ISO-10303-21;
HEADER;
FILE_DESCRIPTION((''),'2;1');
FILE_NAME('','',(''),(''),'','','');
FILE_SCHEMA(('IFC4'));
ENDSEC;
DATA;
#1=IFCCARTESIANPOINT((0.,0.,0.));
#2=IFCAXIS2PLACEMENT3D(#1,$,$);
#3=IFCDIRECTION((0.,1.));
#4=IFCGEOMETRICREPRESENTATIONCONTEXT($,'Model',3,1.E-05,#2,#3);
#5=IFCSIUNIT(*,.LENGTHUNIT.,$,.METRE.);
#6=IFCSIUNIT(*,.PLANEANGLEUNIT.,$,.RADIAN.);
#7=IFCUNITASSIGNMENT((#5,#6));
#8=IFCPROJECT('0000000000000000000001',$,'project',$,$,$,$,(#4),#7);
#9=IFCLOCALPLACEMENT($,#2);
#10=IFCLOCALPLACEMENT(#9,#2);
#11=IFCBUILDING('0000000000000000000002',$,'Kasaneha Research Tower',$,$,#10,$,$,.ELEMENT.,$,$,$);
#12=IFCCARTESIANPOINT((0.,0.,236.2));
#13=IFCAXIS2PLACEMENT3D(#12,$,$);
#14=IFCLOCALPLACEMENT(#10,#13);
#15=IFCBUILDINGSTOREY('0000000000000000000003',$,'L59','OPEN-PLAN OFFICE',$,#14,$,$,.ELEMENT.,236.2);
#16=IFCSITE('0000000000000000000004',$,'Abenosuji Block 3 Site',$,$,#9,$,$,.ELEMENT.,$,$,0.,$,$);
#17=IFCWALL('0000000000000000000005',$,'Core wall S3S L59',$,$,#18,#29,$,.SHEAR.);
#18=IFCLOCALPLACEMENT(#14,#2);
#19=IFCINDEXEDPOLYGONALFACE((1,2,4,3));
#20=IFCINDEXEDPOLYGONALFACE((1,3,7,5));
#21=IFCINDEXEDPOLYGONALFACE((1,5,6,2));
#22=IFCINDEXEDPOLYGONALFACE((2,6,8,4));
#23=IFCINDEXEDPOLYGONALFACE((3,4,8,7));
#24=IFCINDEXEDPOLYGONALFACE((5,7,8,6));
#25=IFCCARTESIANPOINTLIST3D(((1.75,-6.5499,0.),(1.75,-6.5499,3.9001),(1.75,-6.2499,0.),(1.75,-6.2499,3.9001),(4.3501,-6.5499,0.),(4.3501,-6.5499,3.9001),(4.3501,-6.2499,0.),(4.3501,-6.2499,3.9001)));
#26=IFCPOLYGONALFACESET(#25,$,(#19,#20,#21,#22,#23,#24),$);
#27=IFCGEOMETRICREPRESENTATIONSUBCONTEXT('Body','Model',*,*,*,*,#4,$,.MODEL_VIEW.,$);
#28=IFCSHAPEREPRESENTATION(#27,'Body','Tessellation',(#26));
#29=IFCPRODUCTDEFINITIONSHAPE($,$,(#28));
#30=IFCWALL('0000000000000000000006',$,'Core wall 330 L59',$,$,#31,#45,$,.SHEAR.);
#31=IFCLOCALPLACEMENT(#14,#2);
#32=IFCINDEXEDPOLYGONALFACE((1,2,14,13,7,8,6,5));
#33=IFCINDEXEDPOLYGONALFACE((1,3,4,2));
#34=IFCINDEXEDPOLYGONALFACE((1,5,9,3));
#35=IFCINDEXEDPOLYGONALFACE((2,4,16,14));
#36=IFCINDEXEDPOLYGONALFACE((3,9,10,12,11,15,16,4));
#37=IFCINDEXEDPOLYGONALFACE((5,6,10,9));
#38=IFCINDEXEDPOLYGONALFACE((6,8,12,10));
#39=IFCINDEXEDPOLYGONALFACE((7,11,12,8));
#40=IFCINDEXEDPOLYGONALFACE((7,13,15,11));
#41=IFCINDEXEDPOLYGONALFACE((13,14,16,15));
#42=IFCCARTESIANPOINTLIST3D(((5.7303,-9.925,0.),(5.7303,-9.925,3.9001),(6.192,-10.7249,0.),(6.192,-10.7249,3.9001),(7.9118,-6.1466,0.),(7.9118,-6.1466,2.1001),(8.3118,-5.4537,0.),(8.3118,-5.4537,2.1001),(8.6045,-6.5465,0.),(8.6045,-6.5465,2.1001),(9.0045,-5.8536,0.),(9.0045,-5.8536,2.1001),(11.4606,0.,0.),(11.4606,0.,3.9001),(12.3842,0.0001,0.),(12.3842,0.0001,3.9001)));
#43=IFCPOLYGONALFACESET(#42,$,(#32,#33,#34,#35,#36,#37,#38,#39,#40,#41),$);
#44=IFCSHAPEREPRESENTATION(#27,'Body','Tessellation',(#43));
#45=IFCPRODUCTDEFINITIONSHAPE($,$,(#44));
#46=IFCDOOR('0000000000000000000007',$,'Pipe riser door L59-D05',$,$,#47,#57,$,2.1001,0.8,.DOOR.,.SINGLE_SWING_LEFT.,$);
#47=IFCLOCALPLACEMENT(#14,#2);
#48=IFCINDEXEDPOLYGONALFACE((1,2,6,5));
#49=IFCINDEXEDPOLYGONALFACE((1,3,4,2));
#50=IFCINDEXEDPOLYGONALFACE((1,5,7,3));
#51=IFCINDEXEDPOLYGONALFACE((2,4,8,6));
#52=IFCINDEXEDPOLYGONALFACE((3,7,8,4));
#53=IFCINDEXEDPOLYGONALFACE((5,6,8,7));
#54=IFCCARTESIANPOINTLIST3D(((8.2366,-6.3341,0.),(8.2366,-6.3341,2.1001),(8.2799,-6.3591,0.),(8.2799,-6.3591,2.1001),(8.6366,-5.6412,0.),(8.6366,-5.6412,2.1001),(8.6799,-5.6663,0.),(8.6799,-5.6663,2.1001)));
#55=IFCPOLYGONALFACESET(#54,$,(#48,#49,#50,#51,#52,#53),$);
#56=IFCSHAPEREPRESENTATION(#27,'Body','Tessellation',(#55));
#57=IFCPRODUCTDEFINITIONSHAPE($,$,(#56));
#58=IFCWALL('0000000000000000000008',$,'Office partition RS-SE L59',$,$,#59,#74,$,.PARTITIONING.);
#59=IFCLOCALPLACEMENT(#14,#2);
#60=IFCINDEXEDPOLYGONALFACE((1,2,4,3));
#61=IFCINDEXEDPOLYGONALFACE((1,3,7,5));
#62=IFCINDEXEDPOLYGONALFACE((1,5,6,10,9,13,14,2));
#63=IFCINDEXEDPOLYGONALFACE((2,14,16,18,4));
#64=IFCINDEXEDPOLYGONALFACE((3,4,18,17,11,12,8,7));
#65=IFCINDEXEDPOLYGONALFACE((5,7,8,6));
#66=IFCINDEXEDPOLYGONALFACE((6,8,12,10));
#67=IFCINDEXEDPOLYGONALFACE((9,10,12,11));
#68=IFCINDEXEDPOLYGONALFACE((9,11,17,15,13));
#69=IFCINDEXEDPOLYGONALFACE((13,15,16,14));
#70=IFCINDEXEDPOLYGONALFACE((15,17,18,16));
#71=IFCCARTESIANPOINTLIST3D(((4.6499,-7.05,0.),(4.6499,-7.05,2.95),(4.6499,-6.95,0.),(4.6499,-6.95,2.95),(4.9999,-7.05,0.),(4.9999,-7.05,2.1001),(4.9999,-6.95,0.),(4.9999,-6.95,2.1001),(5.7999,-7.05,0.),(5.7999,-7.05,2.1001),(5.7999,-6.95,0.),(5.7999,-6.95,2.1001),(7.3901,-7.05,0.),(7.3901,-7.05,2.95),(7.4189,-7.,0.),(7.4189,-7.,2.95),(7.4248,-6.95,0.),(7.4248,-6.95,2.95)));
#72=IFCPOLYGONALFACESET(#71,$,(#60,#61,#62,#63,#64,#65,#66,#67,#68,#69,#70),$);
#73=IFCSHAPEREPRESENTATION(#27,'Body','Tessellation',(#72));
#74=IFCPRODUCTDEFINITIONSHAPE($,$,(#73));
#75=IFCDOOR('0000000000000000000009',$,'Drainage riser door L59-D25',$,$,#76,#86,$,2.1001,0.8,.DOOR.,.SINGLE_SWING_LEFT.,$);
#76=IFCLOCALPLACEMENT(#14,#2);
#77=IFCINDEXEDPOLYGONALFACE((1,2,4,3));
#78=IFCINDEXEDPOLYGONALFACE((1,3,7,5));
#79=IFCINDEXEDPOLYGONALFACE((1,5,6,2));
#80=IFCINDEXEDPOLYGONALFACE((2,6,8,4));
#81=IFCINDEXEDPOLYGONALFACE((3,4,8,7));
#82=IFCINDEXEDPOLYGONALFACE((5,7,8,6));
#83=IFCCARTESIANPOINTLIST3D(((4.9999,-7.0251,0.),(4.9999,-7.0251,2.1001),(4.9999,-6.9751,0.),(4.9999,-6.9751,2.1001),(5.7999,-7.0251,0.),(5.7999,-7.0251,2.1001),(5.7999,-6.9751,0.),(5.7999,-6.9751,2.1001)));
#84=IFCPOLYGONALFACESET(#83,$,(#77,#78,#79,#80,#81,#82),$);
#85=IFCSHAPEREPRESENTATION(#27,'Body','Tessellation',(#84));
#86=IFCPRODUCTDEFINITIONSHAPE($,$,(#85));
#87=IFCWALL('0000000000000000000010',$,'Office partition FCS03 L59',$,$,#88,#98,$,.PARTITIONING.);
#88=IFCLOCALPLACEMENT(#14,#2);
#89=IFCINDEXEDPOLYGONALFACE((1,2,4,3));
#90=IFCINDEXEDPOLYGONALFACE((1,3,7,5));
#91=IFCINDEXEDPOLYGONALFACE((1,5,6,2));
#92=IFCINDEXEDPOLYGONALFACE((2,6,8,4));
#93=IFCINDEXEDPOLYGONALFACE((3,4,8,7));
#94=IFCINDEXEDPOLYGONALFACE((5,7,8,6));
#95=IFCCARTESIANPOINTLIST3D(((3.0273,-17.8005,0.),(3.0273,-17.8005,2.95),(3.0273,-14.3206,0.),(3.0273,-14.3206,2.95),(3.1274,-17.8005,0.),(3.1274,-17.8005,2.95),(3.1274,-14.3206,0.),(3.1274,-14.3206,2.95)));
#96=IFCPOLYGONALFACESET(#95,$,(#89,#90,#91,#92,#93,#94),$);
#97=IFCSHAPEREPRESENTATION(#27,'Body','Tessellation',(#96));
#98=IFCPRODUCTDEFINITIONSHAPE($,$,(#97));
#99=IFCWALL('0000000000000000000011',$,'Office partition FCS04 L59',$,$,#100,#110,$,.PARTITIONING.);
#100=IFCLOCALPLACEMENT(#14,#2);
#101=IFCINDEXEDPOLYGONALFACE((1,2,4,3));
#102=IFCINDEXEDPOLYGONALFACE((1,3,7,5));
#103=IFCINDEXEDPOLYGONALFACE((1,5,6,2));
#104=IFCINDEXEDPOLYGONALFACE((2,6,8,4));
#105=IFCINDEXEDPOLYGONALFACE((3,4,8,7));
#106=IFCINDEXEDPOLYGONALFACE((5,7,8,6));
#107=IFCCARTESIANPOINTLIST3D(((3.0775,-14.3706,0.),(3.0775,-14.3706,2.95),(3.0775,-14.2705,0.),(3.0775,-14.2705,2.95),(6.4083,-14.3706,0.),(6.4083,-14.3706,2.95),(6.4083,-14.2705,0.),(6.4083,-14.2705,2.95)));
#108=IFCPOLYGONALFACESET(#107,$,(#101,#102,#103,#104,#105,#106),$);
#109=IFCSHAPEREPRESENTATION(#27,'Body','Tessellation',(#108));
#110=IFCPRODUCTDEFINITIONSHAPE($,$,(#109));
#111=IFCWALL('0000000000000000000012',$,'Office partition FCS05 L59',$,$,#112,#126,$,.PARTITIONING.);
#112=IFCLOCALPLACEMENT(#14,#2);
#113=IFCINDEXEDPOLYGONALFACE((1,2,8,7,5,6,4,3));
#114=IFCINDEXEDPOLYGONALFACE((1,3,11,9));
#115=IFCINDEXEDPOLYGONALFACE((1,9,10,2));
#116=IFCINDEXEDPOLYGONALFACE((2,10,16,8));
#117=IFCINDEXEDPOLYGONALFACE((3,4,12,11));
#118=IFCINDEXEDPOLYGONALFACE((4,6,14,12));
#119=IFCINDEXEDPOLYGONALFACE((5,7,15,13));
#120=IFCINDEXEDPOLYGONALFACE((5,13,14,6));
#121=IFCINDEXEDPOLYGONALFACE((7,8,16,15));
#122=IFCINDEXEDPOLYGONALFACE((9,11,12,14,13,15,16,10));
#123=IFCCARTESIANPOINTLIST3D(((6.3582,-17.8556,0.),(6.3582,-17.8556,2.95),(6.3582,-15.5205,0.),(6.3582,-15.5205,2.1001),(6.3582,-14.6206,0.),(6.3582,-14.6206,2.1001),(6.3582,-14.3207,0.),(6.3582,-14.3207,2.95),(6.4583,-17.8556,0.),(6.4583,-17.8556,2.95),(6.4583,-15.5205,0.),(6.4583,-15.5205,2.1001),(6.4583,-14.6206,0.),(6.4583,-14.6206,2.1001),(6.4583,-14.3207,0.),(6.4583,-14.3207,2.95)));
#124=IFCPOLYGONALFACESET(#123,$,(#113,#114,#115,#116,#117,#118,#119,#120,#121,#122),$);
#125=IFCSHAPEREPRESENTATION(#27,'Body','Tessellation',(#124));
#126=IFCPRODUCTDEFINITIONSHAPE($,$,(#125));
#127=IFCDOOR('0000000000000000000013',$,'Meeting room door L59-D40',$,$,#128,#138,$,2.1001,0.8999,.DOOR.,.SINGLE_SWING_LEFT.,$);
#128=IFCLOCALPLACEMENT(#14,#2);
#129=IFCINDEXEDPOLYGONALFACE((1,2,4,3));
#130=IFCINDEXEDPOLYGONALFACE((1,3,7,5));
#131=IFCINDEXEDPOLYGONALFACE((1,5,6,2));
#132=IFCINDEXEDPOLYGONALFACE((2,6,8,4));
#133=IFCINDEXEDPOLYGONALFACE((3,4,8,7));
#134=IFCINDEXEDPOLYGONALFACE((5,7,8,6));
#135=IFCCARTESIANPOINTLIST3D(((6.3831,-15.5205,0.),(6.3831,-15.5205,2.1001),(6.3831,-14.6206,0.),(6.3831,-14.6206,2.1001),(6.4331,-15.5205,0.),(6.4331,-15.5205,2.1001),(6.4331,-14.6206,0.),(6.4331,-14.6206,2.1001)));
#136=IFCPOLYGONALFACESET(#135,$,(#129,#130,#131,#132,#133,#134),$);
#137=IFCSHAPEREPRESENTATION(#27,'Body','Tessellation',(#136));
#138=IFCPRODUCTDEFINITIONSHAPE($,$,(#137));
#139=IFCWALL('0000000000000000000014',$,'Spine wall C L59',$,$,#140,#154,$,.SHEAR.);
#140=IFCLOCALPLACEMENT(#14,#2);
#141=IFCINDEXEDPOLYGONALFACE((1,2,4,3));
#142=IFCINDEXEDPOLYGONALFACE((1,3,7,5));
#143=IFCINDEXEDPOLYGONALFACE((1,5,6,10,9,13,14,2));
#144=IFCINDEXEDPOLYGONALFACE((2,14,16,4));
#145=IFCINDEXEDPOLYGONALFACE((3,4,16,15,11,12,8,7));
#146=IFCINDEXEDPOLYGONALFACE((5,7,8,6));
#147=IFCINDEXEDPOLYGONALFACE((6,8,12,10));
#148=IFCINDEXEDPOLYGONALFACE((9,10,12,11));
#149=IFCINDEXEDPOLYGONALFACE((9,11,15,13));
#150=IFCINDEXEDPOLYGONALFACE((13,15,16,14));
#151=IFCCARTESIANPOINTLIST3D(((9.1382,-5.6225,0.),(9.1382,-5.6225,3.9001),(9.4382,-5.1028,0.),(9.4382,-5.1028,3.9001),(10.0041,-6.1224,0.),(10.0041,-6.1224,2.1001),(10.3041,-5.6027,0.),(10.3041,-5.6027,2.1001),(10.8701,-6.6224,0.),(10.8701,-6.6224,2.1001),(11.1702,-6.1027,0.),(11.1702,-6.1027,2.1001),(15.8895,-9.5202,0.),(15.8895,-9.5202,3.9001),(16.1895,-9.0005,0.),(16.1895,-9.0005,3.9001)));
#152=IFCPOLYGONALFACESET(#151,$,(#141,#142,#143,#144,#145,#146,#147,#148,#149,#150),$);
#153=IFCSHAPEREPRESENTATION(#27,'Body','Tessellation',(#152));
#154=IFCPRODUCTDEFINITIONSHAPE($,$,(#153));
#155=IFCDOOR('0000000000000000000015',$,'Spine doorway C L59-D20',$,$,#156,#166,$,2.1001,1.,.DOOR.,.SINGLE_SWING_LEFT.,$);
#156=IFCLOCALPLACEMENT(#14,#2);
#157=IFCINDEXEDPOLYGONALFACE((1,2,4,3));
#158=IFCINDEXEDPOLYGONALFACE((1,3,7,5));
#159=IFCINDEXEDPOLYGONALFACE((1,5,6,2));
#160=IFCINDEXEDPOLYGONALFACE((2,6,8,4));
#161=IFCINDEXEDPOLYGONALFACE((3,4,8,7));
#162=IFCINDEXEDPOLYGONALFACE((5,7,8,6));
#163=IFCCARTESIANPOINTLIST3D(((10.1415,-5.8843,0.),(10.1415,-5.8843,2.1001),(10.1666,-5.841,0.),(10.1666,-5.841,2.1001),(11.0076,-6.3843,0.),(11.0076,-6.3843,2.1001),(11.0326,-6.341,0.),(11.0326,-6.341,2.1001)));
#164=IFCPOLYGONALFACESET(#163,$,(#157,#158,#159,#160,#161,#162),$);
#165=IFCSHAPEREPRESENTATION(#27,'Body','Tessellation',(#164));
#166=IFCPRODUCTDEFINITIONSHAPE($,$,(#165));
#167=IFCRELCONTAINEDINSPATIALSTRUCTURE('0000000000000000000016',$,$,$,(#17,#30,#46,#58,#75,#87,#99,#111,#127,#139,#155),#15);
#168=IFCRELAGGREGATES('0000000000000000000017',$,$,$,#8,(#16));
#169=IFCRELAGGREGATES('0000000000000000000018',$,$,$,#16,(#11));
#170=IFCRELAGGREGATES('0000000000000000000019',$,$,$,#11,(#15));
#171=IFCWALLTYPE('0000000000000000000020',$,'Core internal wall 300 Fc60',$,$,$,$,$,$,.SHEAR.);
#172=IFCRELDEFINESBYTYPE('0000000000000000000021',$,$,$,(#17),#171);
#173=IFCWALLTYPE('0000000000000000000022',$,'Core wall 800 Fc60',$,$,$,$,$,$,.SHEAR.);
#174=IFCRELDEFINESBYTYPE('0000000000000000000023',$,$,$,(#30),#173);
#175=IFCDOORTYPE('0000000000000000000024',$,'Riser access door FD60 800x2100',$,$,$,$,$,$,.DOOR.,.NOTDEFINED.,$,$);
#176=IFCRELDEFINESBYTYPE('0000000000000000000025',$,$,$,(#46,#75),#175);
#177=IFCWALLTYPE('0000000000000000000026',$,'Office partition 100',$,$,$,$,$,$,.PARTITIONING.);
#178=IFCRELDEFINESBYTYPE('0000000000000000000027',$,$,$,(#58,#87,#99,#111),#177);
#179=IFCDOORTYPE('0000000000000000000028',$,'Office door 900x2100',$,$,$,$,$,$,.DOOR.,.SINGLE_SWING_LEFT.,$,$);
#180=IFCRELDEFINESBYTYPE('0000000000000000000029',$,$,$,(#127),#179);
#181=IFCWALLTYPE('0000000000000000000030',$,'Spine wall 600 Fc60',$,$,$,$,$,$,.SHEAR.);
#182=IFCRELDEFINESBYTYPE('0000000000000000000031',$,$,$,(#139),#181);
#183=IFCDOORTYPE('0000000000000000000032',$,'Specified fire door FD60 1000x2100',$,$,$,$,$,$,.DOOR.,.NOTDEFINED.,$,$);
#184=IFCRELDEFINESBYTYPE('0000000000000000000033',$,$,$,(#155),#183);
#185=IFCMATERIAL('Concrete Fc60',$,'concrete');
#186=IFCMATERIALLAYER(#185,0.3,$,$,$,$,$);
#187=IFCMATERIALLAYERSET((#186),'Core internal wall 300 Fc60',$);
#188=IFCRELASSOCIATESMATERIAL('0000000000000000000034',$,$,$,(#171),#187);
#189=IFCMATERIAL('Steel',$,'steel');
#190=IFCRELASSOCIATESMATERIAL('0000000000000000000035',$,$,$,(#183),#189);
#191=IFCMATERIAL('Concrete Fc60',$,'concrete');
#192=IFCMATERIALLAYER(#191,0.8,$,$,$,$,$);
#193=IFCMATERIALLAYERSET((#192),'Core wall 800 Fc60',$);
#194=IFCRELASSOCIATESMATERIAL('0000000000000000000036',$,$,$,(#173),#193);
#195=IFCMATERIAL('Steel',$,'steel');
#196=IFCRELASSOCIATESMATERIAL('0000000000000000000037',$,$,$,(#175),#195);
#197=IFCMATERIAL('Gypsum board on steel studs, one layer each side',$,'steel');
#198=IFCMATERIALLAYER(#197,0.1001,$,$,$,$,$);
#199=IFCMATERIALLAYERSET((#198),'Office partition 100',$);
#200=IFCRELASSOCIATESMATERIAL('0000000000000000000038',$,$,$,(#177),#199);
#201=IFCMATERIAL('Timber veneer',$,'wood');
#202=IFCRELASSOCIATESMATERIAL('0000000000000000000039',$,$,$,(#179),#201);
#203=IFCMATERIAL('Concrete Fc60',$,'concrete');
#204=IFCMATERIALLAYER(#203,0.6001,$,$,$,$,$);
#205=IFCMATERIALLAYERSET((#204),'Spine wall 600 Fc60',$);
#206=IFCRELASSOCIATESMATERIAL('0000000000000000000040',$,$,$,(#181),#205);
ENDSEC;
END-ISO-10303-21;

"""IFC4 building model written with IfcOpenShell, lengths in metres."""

from ifc_helpers import new_model, si_unit, direction, frame, frame_2d, origin, place, context, subcontext, project, spatial, polyline, rectangle, outline, extrude, material, layer, layer_set, type_object, element, fill, save


model = new_model("IFC4")

# Units and contexts
model_context = context("Model", 3, precision=1e-05, world=origin(), true_north=direction((0.0, 1.0)))
body_context = subcontext(model_context, "Body", "Model", "MODEL_VIEW")
ifc_project = project(units=[si_unit("LENGTHUNIT", "METRE"), si_unit("PLANEANGLEUNIT", "RADIAN")], contexts=[model_context])

# Site, building, storey
site_placement = place(None, origin())
site = spatial("IfcSite", under=ifc_project, at=site_placement, Name="Abenosuji Block 3 Site", CompositionType="ELEMENT", RefElevation=0.0)
building_placement = place(site_placement, origin())
building = spatial("IfcBuilding", under=site, at=building_placement, Name="Kasaneha Research Tower", CompositionType="ELEMENT")
storey_placement = place(building_placement, frame((0.0, 0.0, 236.2)))
storey = spatial("IfcBuildingStorey", under=building, at=storey_placement, Name="L59", Description="OPEN-PLAN OFFICE", CompositionType="ELEMENT", Elevation=236.2)

# Shared definitions
ifc_material_1 = material(Name="Concrete Fc60", Category="concrete")
ifc_layer_1 = layer(ifc_material_1, 0.3)
ifc_layer_set_1 = layer_set([ifc_layer_1], Name="Core internal wall 300 Fc60")
wall_type_1 = type_object("IfcWallType", Name="Core internal wall 300 Fc60", PredefinedType="SHEAR", material=ifc_layer_set_1)
ifc_material_2 = material(Name="Steel", Category="steel")
door_type_1 = type_object("IfcDoorType", Name="Specified fire door FD60 1000x2100", OperationType="NOTDEFINED", PredefinedType="DOOR", material=ifc_material_2)

# Wall
wall_1_placement = place(storey_placement, frame((1.75, -6.3999, 0.0), z_axis=(0.0, 0.0, 1.0), x_axis=(1.0, 0.0, 0.0)))
element("IfcWall", 1, at=wall_1_placement, inside=storey, type_object=wall_type_1, Name="Core wall S3S L59", PredefinedType="SHEAR", context=body_context, shape_type="SweptSolid", body=[
    extrude(rectangle(XDim=2.6001, YDim=0.3, at=frame_2d((1.3, 0.0))), origin(), (0.0, 0.0, 1.0), 3.9001),
])

# Walls, openings, doors
ifc_material_3 = material(Name="Concrete Fc60", Category="concrete")
ifc_layer_2 = layer(ifc_material_3, 0.8)
ifc_layer_set_2 = layer_set([ifc_layer_2], Name="Core wall 800 Fc60")
wall_type_2 = type_object("IfcWallType", Name="Core wall 800 Fc60", PredefinedType="SHEAR", material=ifc_layer_set_2)
wall_2_placement = place(storey_placement, frame((5.9612, -10.325, 0.0), z_axis=(0.0, 0.0, 1.0), x_axis=(0.500004, 0.866023, 0.0)))
wall_2 = element("IfcWall", 2, at=wall_2_placement, inside=storey, type_object=wall_type_2, Name="Core wall 330 L59", PredefinedType="SHEAR", context=body_context, shape_type="SweptSolid", body=[
    extrude(outline(polyline([(-0.231, -0.3999), (4.594, -0.3999), (5.394, -0.3999), (12.1533, -0.3999), (11.6914, 0.3999), (5.394, 0.3999), (4.594, 0.3999), (0.231, 0.3999), (-0.231, -0.3999)])), origin(), (0.0, 0.0, 1.0), 3.9001),
])
opening_1_placement = place(wall_2_placement, frame((4.594, 0.0, 0.0)))
opening_1 = element("IfcOpeningElement", 3, at=opening_1_placement, cuts=wall_2, PredefinedType="OPENING", context=body_context, shape_type="SweptSolid", body=[
    extrude(rectangle(XDim=0.8, YDim=2.1001, at=frame_2d((0.3999, 1.05))), frame((0.0, 0.4102, 0.0), z_axis=(0.0, -1.0, 0.0), x_axis=(1.0, 0.0, 0.0)), (0.0, 0.0, 1.0), 0.8201),
])
ifc_material_4 = material(Name="Steel", Category="steel")
door_type_2 = type_object("IfcDoorType", Name="Riser access door FD60 800x2100", OperationType="NOTDEFINED", PredefinedType="DOOR", material=ifc_material_4)
door_1_placement = place(opening_1_placement, origin())
door_1 = element("IfcDoor", 4, at=door_1_placement, inside=storey, type_object=door_type_2, Name="Pipe riser door L59-D05", OperationType="SINGLE_SWING_LEFT", OverallHeight=2.1001, OverallWidth=0.8, PredefinedType="DOOR", context=body_context, shape_type="SweptSolid", body=[
    extrude(rectangle(XDim=0.8, YDim=2.1001, at=frame_2d((0.3999, 1.05))), frame((0.0, 0.0249, 0.0), z_axis=(0.0, -1.0, 0.0), x_axis=(1.0, 0.0, 0.0)), (0.0, 0.0, 1.0), 0.05),
])
fill(opening_1, door_1)
ifc_material_5 = material(Name="Gypsum board on steel studs, one layer each side", Category="steel")
ifc_layer_3 = layer(ifc_material_5, 0.1001)
ifc_layer_set_3 = layer_set([ifc_layer_3], Name="Office partition 100")
wall_type_3 = type_object("IfcWallType", Name="Office partition 100", PredefinedType="PARTITIONING", material=ifc_layer_set_3)
wall_3_placement = place(storey_placement, frame((4.6499, -7.0, 0.0), z_axis=(0.0, 0.0, 1.0), x_axis=(1.0, 0.0, 0.0)))
wall_3 = element("IfcWall", 5, at=wall_3_placement, inside=storey, type_object=wall_type_3, Name="Office partition RS-SE L59", PredefinedType="PARTITIONING", context=body_context, shape_type="SweptSolid", body=[
    extrude(outline(polyline([(0.0, -0.05), (0.3501, -0.05), (1.1501, -0.05), (2.7402, -0.05), (2.769, 0.0), (2.7749, 0.05), (1.1501, 0.05), (0.3501, 0.05), (0.0, 0.05), (0.0, -0.05)])), origin(), (0.0, 0.0, 1.0), 2.95),
])
opening_2_placement = place(wall_3_placement, frame((0.3501, 0.0, 0.0)))
opening_2 = element("IfcOpeningElement", 6, at=opening_2_placement, cuts=wall_3, PredefinedType="OPENING", context=body_context, shape_type="SweptSolid", body=[
    extrude(rectangle(XDim=0.8, YDim=2.1001, at=frame_2d((0.3999, 1.05))), frame((0.0, 0.0601, 0.0), z_axis=(0.0, -1.0, 0.0), x_axis=(1.0, 0.0, 0.0)), (0.0, 0.0, 1.0), 0.1201),
])
door_2_placement = place(opening_2_placement, origin())
door_2 = element("IfcDoor", 7, at=door_2_placement, inside=storey, type_object=door_type_2, Name="Drainage riser door L59-D25", OperationType="SINGLE_SWING_LEFT", OverallHeight=2.1001, OverallWidth=0.8, PredefinedType="DOOR", context=body_context, shape_type="SweptSolid", body=[
    extrude(rectangle(XDim=0.8, YDim=2.1001, at=frame_2d((0.3999, 1.05))), frame((0.0, 0.0249, 0.0), z_axis=(0.0, -1.0, 0.0), x_axis=(1.0, 0.0, 0.0)), (0.0, 0.0, 1.0), 0.05),
])
fill(opening_2, door_2)

# Walls
wall_4_placement = place(storey_placement, frame((3.0774, -17.8005, 0.0), z_axis=(0.0, 0.0, 1.0), x_axis=(0.0, 1.0, 0.0)))
element("IfcWall", 8, at=wall_4_placement, inside=storey, type_object=wall_type_3, Name="Office partition FCS03 L59", PredefinedType="PARTITIONING", context=body_context, shape_type="SweptSolid", body=[
    extrude(rectangle(XDim=3.48, YDim=0.1001, at=frame_2d((1.74, 0.0))), origin(), (0.0, 0.0, 1.0), 2.95),
])
wall_5_placement = place(storey_placement, frame((3.0774, -14.3206, 0.0), z_axis=(0.0, 0.0, 1.0), x_axis=(1.0, 0.0, 0.0)))
element("IfcWall", 9, at=wall_5_placement, inside=storey, type_object=wall_type_3, Name="Office partition FCS04 L59", PredefinedType="PARTITIONING", context=body_context, shape_type="SweptSolid", body=[
    extrude(rectangle(XDim=3.3308, YDim=0.1001, at=frame_2d((1.6655, 0.0))), origin(), (0.0, 0.0, 1.0), 2.95),
])

# Walls, openings, doors
wall_6_placement = place(storey_placement, frame((6.4082, -14.3206, 0.0), z_axis=(0.0, 0.0, 1.0), x_axis=(0.0, -1.0, 0.0)))
wall_6 = element("IfcWall", 10, at=wall_6_placement, inside=storey, type_object=wall_type_3, Name="Office partition FCS05 L59", PredefinedType="PARTITIONING", context=body_context, shape_type="SweptSolid", body=[
    extrude(rectangle(XDim=3.5349, YDim=0.1001, at=frame_2d((1.7676, 0.0))), origin(), (0.0, 0.0, 1.0), 2.95),
])
opening_3_placement = place(wall_6_placement, frame((0.3, 0.0, 0.0)))
opening_3 = element("IfcOpeningElement", 11, at=opening_3_placement, cuts=wall_6, PredefinedType="OPENING", context=body_context, shape_type="SweptSolid", body=[
    extrude(rectangle(XDim=0.8999, YDim=2.1001, at=frame_2d((0.45, 1.05))), frame((0.0, 0.0601, 0.0), z_axis=(0.0, -1.0, 0.0), x_axis=(1.0, 0.0, 0.0)), (0.0, 0.0, 1.0), 0.1201),
])
ifc_material_6 = material(Name="Timber veneer", Category="wood")
door_type_3 = type_object("IfcDoorType", Name="Office door 900x2100", OperationType="SINGLE_SWING_LEFT", PredefinedType="DOOR", material=ifc_material_6)
door_3_placement = place(opening_3_placement, origin())
door_3 = element("IfcDoor", 12, at=door_3_placement, inside=storey, type_object=door_type_3, Name="Meeting room door L59-D40", OperationType="SINGLE_SWING_LEFT", OverallHeight=2.1001, OverallWidth=0.8999, PredefinedType="DOOR", context=body_context, shape_type="SweptSolid", body=[
    extrude(rectangle(XDim=0.8999, YDim=2.1001, at=frame_2d((0.45, 1.05))), frame((0.0, 0.0249, 0.0), z_axis=(0.0, -1.0, 0.0), x_axis=(1.0, 0.0, 0.0)), (0.0, 0.0, 1.0), 0.05),
])
fill(opening_3, door_3)
ifc_material_7 = material(Name="Concrete Fc60", Category="concrete")
ifc_layer_4 = layer(ifc_material_7, 0.6001)
ifc_layer_set_4 = layer_set([ifc_layer_4], Name="Spine wall 600 Fc60")
wall_type_4 = type_object("IfcWallType", Name="Spine wall 600 Fc60", PredefinedType="SHEAR", material=ifc_layer_set_4)
wall_7_placement = place(storey_placement, frame((9.2881, -5.3625, 0.0), z_axis=(0.0, 0.0, 1.0), x_axis=(0.866032, -0.499989, 0.0)))
wall_7 = element("IfcWall", 13, at=wall_7_placement, inside=storey, type_object=wall_type_4, Name="Spine wall C L59", PredefinedType="SHEAR", context=body_context, shape_type="SweptSolid", body=[
    extrude(rectangle(XDim=7.7957, YDim=0.6001, at=frame_2d((3.8979, 0.0))), origin(), (0.0, 0.0, 1.0), 3.9001),
])
opening_4_placement = place(wall_7_placement, frame((1.0, 0.0, 0.0)))
opening_4 = element("IfcOpeningElement", 14, at=opening_4_placement, cuts=wall_7, PredefinedType="OPENING", context=body_context, shape_type="SweptSolid", body=[
    extrude(rectangle(XDim=1.0, YDim=2.1001, at=frame_2d((0.5, 1.05))), frame((0.0, 0.3101, 0.0), z_axis=(0.0, -1.0, 0.0), x_axis=(1.0, 0.0, 0.0)), (0.0, 0.0, 1.0), 0.6201),
])
door_4_placement = place(opening_4_placement, origin())
door_4 = element("IfcDoor", 15, at=door_4_placement, inside=storey, type_object=door_type_1, Name="Spine doorway C L59-D20", OperationType="SINGLE_SWING_LEFT", OverallHeight=2.1001, OverallWidth=1.0, PredefinedType="DOOR", context=body_context, shape_type="SweptSolid", body=[
    extrude(rectangle(XDim=1.0, YDim=2.1001, at=frame_2d((0.5, 1.05))), frame((0.0, 0.0249, 0.0), z_axis=(0.0, -1.0, 0.0), x_axis=(1.0, 0.0, 0.0)), (0.0, 0.0, 1.0), 0.05),
])
fill(opening_4, door_4)

save(model, "model.ifc")
